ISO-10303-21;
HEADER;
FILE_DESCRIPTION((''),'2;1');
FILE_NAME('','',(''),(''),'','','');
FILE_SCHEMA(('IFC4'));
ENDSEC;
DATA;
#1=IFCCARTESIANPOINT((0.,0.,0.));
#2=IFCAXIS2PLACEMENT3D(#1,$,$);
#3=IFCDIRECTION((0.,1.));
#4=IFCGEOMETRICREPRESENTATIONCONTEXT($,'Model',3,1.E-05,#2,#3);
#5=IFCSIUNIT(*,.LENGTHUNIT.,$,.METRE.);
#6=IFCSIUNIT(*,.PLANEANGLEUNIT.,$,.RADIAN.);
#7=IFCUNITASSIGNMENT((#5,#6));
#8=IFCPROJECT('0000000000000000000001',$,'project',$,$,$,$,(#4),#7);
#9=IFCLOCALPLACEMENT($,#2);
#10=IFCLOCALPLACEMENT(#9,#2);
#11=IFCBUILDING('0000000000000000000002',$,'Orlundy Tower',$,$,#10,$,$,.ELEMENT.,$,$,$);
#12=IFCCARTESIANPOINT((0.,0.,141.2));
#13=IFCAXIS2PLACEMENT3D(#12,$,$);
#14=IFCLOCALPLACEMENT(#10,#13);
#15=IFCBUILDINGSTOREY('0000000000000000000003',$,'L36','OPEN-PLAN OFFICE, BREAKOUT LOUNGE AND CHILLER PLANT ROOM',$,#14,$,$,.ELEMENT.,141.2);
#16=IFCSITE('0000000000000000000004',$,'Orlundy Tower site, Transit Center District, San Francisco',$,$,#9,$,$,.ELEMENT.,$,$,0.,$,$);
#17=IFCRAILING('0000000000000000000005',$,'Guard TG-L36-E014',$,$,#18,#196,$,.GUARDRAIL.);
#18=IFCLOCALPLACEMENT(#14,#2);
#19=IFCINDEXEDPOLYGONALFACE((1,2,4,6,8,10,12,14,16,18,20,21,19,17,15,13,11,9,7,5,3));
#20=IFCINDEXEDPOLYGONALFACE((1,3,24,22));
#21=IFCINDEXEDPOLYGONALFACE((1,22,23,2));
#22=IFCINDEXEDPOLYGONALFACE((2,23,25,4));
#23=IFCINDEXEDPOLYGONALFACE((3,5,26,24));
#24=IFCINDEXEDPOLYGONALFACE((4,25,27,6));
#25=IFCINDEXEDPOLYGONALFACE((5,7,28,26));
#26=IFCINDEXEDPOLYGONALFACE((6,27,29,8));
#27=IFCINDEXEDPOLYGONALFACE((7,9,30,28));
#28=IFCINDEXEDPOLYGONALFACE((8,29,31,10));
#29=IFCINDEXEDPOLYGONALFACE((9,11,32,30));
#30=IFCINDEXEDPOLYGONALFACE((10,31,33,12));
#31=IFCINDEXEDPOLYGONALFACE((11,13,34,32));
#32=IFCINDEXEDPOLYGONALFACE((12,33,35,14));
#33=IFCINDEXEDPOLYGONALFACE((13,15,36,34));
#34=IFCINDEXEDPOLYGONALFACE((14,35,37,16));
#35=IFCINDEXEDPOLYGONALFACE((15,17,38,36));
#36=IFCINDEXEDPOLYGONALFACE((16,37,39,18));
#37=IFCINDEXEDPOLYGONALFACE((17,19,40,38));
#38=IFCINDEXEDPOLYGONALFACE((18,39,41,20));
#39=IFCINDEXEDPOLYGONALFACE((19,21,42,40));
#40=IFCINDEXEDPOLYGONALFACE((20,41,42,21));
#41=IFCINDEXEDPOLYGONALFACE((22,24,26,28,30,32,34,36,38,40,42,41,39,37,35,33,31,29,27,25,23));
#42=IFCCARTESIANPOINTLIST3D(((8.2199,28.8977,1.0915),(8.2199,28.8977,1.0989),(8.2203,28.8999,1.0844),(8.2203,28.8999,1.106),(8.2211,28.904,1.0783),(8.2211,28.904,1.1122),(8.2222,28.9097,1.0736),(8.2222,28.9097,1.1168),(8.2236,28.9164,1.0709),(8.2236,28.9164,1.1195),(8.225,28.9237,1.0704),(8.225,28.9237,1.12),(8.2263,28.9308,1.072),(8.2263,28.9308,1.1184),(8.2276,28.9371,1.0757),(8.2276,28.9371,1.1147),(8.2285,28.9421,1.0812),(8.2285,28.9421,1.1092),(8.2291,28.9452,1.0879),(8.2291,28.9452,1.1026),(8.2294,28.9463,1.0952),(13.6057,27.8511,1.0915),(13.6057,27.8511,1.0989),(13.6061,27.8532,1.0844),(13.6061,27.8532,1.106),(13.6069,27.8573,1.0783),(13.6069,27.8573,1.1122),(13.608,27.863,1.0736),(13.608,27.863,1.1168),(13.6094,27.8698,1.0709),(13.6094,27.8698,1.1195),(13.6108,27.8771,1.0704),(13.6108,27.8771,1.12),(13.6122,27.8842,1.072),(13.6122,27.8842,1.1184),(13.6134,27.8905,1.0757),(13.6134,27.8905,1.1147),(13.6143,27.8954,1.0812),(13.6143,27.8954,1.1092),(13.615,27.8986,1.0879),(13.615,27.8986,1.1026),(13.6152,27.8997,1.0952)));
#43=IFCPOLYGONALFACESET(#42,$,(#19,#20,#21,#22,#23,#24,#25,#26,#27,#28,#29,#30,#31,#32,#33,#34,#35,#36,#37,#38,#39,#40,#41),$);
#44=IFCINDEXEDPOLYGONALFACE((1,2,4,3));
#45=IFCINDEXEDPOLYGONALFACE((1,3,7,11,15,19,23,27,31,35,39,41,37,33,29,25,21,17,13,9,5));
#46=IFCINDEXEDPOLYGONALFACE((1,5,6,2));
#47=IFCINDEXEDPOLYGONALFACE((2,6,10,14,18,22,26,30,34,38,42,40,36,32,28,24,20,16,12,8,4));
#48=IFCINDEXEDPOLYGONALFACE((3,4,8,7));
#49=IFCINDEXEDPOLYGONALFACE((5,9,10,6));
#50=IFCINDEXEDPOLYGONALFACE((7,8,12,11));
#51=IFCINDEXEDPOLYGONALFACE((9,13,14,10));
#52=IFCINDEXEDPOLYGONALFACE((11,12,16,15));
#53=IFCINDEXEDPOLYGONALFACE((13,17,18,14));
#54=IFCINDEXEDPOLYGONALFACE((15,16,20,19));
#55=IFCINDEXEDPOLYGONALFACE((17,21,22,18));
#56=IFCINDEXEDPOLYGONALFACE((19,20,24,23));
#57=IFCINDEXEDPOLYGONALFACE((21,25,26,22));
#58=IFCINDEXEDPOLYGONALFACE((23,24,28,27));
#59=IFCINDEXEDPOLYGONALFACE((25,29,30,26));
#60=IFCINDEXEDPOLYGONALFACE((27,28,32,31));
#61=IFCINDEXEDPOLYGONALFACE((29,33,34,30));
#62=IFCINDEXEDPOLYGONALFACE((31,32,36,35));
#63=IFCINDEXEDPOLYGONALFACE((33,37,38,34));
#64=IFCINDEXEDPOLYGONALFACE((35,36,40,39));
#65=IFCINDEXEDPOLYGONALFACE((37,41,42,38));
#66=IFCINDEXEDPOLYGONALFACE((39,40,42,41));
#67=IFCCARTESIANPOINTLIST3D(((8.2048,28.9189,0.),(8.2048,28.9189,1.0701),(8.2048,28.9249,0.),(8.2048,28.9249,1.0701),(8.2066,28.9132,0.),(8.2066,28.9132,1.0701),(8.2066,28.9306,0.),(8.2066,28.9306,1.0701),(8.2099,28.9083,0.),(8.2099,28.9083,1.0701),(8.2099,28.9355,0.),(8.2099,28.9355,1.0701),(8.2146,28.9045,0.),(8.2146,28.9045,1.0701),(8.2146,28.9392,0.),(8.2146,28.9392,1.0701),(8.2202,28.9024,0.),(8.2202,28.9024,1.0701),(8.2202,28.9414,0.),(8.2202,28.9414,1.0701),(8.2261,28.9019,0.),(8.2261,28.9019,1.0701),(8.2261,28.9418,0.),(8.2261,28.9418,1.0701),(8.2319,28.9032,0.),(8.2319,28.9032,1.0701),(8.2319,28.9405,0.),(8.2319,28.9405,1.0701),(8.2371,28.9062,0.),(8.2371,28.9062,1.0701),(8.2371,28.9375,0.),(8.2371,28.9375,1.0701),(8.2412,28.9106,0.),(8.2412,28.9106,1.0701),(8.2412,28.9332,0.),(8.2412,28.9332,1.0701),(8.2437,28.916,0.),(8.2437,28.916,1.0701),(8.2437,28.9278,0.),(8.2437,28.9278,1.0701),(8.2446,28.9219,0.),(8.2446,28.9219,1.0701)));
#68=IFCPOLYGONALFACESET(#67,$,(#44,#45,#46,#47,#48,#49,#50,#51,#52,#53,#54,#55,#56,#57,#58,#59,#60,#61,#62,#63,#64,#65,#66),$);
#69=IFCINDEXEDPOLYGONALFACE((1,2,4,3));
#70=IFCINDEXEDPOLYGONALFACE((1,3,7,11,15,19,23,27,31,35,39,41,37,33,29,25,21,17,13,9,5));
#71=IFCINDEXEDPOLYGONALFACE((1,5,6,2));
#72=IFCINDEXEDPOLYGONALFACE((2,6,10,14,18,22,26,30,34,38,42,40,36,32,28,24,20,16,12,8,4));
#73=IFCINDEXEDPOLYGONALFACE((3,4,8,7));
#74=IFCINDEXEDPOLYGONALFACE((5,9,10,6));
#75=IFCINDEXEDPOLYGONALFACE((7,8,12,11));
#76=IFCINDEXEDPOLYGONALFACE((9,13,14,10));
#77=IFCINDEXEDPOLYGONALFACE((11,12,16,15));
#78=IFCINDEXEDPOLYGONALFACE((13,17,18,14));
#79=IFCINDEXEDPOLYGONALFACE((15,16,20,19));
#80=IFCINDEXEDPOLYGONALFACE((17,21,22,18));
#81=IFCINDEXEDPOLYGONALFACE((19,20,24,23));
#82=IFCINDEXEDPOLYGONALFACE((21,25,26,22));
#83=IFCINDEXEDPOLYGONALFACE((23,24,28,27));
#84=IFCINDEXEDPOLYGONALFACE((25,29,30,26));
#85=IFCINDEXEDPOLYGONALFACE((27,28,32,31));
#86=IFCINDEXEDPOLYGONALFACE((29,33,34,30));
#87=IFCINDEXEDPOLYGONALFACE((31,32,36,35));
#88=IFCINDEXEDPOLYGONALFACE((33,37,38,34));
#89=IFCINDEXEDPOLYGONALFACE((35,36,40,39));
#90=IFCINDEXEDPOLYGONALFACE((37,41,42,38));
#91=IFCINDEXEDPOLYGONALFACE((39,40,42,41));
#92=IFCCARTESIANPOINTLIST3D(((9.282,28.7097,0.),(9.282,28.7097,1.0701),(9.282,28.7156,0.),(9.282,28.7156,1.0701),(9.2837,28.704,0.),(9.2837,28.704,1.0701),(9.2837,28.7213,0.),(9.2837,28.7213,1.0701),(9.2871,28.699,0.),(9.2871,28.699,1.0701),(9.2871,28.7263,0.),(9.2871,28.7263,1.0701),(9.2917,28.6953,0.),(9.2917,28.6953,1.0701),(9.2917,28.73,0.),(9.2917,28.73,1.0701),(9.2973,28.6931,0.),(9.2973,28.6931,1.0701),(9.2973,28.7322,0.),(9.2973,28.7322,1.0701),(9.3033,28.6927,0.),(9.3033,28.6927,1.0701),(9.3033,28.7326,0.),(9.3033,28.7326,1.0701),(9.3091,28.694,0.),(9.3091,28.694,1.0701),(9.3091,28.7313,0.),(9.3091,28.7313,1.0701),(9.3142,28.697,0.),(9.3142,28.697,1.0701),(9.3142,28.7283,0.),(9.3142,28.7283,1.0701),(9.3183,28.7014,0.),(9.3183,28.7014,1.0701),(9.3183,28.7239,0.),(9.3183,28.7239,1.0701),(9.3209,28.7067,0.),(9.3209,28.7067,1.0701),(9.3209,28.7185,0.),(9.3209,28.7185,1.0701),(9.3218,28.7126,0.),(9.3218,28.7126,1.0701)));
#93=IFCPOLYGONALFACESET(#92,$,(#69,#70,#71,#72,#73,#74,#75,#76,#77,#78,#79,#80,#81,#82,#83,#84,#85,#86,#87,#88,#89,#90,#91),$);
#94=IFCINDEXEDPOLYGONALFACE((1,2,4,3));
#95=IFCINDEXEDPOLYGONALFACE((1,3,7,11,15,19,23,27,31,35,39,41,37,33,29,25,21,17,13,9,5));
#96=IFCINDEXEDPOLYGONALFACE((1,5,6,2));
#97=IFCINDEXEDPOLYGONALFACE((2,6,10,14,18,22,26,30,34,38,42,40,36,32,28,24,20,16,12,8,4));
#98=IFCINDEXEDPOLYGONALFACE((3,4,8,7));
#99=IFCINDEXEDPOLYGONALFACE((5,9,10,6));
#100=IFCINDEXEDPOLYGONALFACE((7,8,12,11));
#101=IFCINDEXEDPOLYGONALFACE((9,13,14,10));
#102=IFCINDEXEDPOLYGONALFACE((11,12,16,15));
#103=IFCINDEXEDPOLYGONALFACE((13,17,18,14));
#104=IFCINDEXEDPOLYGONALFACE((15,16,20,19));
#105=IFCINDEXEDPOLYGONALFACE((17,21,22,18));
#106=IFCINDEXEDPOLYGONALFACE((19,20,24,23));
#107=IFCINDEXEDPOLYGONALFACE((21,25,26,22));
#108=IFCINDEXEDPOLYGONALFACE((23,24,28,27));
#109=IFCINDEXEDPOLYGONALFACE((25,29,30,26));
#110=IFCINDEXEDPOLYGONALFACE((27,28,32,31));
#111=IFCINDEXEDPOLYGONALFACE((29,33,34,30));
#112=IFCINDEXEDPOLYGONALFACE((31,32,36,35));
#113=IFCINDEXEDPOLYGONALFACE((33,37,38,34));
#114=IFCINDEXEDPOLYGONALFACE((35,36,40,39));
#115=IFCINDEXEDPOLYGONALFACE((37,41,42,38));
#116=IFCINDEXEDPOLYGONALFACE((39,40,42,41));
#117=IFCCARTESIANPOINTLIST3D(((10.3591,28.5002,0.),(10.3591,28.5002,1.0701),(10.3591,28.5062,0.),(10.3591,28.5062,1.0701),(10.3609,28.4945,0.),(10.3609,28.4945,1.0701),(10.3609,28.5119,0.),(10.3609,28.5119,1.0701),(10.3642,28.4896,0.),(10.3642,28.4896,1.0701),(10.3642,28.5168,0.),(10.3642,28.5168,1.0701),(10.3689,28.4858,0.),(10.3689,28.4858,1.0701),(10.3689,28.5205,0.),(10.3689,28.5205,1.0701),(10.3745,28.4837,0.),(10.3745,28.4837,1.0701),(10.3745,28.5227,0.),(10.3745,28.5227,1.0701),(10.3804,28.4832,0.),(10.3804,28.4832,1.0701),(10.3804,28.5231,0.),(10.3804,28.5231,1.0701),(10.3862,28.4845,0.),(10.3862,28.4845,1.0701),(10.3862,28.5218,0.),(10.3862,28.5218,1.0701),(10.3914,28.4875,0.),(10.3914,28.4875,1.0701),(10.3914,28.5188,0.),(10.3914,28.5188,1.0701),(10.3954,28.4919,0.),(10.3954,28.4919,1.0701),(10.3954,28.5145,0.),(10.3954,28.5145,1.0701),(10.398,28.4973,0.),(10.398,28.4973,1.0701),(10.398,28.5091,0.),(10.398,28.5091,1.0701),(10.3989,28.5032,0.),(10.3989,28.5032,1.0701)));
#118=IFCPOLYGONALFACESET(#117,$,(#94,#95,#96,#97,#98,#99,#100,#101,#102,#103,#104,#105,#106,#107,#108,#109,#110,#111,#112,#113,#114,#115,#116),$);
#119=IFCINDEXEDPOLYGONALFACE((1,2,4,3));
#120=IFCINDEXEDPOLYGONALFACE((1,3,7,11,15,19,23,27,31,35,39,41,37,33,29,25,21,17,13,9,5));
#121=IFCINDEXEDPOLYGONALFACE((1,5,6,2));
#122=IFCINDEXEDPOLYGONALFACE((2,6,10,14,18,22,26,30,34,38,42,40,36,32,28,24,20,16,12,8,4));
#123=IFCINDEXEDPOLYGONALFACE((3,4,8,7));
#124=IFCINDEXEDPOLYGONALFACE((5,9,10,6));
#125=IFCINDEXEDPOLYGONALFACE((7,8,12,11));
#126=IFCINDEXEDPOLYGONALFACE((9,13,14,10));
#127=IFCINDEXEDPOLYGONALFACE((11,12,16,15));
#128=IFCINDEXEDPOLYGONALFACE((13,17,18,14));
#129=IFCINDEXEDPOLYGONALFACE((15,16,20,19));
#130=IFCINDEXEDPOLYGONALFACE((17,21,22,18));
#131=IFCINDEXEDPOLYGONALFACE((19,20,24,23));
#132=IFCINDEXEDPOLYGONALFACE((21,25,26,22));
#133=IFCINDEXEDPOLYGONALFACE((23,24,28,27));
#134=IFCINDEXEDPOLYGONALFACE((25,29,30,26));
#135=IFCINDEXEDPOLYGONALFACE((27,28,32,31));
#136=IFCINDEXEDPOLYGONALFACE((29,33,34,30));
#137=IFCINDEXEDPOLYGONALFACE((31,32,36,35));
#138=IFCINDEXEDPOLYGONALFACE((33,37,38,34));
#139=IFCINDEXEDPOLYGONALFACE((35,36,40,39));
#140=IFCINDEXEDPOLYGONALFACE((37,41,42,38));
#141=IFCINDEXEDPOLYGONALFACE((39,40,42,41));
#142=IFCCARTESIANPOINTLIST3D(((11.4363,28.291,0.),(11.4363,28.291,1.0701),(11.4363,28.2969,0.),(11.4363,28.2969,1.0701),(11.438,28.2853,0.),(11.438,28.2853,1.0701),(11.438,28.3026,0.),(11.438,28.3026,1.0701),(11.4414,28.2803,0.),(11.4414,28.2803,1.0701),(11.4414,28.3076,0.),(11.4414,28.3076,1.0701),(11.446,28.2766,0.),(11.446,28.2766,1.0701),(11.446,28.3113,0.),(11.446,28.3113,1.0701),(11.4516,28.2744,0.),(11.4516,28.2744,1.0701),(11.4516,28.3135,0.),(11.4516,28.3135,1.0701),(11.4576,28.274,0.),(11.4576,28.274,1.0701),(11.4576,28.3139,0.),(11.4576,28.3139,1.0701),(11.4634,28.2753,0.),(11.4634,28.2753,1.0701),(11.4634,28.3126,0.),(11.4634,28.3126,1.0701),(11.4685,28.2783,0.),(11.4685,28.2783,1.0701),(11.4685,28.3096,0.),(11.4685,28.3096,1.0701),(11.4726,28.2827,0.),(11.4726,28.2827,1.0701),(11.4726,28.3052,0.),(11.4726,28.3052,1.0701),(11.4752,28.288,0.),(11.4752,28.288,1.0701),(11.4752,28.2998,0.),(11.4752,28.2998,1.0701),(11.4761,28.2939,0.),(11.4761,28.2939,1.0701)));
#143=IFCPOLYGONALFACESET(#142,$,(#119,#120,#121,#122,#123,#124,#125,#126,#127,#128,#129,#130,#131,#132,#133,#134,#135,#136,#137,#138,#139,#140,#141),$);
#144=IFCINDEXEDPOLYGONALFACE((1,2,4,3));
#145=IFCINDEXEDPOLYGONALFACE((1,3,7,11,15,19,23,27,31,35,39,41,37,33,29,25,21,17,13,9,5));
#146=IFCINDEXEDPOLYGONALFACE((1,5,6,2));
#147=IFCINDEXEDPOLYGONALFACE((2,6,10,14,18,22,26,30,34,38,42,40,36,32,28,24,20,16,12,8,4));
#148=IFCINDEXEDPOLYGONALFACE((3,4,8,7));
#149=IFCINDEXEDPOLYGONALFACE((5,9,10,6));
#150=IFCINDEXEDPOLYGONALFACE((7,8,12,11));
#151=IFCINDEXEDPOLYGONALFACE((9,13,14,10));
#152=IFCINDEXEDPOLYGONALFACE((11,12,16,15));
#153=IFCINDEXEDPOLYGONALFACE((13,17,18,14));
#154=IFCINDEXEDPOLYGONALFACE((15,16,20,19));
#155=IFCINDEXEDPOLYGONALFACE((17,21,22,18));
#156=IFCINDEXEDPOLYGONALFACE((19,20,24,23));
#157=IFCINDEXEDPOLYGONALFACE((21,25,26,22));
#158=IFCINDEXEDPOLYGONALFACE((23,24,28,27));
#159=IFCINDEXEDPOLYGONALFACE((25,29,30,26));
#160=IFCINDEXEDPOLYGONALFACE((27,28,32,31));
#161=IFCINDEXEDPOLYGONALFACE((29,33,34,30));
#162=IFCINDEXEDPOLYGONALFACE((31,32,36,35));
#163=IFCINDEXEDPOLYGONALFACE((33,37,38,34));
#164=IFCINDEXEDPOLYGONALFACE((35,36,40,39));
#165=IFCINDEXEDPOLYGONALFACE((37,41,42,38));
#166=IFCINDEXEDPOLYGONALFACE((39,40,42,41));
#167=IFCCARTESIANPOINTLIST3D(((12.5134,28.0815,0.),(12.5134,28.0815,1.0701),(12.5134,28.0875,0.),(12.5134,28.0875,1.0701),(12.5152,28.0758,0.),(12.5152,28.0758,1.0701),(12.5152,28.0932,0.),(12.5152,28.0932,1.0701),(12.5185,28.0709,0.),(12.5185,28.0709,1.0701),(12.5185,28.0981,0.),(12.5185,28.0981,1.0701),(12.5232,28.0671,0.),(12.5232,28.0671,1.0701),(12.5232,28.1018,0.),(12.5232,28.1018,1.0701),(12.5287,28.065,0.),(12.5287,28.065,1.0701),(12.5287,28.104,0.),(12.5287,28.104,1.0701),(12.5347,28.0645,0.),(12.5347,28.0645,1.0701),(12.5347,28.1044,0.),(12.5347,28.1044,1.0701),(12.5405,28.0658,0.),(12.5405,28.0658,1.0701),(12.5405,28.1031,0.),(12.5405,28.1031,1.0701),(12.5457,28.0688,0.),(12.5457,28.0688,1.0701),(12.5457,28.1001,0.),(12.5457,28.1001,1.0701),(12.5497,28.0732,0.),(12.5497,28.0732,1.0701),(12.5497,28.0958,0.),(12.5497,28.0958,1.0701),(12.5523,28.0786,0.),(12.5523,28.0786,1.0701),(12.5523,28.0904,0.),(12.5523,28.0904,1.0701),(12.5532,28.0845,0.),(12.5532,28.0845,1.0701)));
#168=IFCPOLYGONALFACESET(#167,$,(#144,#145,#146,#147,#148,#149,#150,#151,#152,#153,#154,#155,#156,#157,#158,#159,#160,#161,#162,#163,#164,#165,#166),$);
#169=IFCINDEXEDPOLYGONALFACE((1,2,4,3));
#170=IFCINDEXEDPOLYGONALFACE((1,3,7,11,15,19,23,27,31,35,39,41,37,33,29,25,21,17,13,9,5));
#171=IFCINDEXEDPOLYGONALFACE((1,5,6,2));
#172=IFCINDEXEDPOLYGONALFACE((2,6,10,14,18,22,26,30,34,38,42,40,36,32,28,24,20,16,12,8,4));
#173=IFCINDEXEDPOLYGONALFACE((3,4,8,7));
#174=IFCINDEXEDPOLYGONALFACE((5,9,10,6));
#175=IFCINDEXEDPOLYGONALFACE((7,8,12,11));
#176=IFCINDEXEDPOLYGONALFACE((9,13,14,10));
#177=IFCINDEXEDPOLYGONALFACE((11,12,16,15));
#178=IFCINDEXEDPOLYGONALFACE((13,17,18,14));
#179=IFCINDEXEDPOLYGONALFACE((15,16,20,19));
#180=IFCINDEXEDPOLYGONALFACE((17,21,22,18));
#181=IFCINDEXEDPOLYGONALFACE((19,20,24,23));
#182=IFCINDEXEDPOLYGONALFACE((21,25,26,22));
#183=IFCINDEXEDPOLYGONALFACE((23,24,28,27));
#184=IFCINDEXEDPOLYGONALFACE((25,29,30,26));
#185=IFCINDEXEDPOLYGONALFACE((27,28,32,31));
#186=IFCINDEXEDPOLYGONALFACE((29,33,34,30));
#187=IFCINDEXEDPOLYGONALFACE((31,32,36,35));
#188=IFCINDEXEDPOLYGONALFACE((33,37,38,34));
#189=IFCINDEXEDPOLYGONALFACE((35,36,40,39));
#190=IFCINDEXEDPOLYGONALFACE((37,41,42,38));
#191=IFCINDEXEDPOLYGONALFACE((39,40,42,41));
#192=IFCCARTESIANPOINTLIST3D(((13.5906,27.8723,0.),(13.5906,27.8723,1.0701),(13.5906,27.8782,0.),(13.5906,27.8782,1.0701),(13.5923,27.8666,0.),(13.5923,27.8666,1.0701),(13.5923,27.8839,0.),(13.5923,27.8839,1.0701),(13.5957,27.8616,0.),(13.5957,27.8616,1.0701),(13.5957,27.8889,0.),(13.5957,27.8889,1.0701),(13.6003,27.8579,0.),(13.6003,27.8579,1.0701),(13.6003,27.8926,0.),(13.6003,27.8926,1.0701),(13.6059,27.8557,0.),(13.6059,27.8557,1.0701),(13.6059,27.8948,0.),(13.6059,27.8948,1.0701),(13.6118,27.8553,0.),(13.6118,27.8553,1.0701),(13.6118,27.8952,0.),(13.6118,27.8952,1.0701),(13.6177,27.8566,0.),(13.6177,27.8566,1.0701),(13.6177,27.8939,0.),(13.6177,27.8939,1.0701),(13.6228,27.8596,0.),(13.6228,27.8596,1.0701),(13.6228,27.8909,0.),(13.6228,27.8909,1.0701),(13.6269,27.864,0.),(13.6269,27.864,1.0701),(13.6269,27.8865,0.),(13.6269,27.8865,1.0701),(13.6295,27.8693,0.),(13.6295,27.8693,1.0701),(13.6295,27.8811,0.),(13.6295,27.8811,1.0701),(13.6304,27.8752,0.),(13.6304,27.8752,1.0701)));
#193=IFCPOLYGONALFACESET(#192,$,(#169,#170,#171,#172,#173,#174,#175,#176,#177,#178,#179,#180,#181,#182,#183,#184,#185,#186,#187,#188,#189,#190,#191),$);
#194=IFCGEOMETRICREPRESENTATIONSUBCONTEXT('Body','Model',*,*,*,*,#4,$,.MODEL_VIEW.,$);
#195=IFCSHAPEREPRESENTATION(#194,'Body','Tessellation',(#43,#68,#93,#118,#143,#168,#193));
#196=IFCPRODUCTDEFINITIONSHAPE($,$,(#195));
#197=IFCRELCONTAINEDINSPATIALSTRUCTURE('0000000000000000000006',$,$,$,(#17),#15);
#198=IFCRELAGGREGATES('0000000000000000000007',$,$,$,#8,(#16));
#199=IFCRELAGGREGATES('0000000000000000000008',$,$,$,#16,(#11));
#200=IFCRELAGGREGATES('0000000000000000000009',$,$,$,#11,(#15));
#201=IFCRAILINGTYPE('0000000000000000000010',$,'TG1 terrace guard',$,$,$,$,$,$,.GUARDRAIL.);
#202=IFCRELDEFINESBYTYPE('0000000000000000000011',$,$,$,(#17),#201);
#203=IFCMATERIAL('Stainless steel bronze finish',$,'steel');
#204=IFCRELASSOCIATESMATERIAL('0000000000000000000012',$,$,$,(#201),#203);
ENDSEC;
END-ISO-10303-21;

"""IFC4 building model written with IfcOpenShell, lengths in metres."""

from ifc_helpers import new_model, si_unit, direction, frame, origin, origin_2d, place, context, subcontext, project, spatial, circle, extrude, material, type_object, element, save


model = new_model("IFC4")

# Units and contexts
model_context = context("Model", 3, precision=1e-05, world=origin(), true_north=direction((0.0, 1.0)))
body_context = subcontext(model_context, "Body", "Model", "MODEL_VIEW")
ifc_project = project(units=[si_unit("LENGTHUNIT", "METRE"), si_unit("PLANEANGLEUNIT", "RADIAN")], contexts=[model_context])

# Site, building, storey
site_placement = place(None, origin())
site = spatial("IfcSite", under=ifc_project, at=site_placement, Name="Orlundy Tower site, Transit Center District, San Francisco", CompositionType="ELEMENT", RefElevation=0.0)
building_placement = place(site_placement, origin())
building = spatial("IfcBuilding", under=site, at=building_placement, Name="Orlundy Tower", CompositionType="ELEMENT")
storey_placement = place(building_placement, frame((0.0, 0.0, 141.2)))
storey = spatial("IfcBuildingStorey", under=building, at=storey_placement, Name="L36", Description="OPEN-PLAN OFFICE, BREAKOUT LOUNGE AND CHILLER PLANT ROOM", CompositionType="ELEMENT", Elevation=141.2)

# Railing
ifc_material_1 = material(Name="Stainless steel bronze finish", Category="steel")
railing_type_1 = type_object("IfcRailingType", Name="TG1 terrace guard", PredefinedType="GUARDRAIL", material=ifc_material_1)
railing_1_placement = place(storey_placement, frame((8.2246, 28.9219, 0.0)))
element("IfcRailing", 1, at=railing_1_placement, inside=storey, type_object=railing_type_1, Name="Guard TG-L36-E014", PredefinedType="GUARDRAIL", context=body_context, shape_type="SweptSolid", body=[
    extrude(circle(Radius=0.0249, at=origin_2d()), frame((0.0, 0.0, 1.0952), z_axis=(0.981636, -0.190765, 0.0), x_axis=(0.190765, 0.981636, 0.0)), (0.0, 0.0, 1.0), 5.4866),
    extrude(circle(Radius=0.02, at=origin_2d()), origin(), (0.0, 0.0, 1.0), 1.0701),
    extrude(circle(Radius=0.02, at=origin_2d()), frame((1.0771, -0.2092, 0.0)), (0.0, 0.0, 1.0), 1.0701),
    extrude(circle(Radius=0.02, at=origin_2d()), frame((2.1543, -0.4187, 0.0)), (0.0, 0.0, 1.0), 1.0701),
    extrude(circle(Radius=0.02, at=origin_2d()), frame((3.2314, -0.6279, 0.0)), (0.0, 0.0, 1.0), 1.0701),
    extrude(circle(Radius=0.02, at=origin_2d()), frame((4.3086, -0.8374, 0.0)), (0.0, 0.0, 1.0), 1.0701),
    extrude(circle(Radius=0.02, at=origin_2d()), frame((5.3857, -1.0466, 0.0)), (0.0, 0.0, 1.0), 1.0701),
])

save(model, "model.ifc")
